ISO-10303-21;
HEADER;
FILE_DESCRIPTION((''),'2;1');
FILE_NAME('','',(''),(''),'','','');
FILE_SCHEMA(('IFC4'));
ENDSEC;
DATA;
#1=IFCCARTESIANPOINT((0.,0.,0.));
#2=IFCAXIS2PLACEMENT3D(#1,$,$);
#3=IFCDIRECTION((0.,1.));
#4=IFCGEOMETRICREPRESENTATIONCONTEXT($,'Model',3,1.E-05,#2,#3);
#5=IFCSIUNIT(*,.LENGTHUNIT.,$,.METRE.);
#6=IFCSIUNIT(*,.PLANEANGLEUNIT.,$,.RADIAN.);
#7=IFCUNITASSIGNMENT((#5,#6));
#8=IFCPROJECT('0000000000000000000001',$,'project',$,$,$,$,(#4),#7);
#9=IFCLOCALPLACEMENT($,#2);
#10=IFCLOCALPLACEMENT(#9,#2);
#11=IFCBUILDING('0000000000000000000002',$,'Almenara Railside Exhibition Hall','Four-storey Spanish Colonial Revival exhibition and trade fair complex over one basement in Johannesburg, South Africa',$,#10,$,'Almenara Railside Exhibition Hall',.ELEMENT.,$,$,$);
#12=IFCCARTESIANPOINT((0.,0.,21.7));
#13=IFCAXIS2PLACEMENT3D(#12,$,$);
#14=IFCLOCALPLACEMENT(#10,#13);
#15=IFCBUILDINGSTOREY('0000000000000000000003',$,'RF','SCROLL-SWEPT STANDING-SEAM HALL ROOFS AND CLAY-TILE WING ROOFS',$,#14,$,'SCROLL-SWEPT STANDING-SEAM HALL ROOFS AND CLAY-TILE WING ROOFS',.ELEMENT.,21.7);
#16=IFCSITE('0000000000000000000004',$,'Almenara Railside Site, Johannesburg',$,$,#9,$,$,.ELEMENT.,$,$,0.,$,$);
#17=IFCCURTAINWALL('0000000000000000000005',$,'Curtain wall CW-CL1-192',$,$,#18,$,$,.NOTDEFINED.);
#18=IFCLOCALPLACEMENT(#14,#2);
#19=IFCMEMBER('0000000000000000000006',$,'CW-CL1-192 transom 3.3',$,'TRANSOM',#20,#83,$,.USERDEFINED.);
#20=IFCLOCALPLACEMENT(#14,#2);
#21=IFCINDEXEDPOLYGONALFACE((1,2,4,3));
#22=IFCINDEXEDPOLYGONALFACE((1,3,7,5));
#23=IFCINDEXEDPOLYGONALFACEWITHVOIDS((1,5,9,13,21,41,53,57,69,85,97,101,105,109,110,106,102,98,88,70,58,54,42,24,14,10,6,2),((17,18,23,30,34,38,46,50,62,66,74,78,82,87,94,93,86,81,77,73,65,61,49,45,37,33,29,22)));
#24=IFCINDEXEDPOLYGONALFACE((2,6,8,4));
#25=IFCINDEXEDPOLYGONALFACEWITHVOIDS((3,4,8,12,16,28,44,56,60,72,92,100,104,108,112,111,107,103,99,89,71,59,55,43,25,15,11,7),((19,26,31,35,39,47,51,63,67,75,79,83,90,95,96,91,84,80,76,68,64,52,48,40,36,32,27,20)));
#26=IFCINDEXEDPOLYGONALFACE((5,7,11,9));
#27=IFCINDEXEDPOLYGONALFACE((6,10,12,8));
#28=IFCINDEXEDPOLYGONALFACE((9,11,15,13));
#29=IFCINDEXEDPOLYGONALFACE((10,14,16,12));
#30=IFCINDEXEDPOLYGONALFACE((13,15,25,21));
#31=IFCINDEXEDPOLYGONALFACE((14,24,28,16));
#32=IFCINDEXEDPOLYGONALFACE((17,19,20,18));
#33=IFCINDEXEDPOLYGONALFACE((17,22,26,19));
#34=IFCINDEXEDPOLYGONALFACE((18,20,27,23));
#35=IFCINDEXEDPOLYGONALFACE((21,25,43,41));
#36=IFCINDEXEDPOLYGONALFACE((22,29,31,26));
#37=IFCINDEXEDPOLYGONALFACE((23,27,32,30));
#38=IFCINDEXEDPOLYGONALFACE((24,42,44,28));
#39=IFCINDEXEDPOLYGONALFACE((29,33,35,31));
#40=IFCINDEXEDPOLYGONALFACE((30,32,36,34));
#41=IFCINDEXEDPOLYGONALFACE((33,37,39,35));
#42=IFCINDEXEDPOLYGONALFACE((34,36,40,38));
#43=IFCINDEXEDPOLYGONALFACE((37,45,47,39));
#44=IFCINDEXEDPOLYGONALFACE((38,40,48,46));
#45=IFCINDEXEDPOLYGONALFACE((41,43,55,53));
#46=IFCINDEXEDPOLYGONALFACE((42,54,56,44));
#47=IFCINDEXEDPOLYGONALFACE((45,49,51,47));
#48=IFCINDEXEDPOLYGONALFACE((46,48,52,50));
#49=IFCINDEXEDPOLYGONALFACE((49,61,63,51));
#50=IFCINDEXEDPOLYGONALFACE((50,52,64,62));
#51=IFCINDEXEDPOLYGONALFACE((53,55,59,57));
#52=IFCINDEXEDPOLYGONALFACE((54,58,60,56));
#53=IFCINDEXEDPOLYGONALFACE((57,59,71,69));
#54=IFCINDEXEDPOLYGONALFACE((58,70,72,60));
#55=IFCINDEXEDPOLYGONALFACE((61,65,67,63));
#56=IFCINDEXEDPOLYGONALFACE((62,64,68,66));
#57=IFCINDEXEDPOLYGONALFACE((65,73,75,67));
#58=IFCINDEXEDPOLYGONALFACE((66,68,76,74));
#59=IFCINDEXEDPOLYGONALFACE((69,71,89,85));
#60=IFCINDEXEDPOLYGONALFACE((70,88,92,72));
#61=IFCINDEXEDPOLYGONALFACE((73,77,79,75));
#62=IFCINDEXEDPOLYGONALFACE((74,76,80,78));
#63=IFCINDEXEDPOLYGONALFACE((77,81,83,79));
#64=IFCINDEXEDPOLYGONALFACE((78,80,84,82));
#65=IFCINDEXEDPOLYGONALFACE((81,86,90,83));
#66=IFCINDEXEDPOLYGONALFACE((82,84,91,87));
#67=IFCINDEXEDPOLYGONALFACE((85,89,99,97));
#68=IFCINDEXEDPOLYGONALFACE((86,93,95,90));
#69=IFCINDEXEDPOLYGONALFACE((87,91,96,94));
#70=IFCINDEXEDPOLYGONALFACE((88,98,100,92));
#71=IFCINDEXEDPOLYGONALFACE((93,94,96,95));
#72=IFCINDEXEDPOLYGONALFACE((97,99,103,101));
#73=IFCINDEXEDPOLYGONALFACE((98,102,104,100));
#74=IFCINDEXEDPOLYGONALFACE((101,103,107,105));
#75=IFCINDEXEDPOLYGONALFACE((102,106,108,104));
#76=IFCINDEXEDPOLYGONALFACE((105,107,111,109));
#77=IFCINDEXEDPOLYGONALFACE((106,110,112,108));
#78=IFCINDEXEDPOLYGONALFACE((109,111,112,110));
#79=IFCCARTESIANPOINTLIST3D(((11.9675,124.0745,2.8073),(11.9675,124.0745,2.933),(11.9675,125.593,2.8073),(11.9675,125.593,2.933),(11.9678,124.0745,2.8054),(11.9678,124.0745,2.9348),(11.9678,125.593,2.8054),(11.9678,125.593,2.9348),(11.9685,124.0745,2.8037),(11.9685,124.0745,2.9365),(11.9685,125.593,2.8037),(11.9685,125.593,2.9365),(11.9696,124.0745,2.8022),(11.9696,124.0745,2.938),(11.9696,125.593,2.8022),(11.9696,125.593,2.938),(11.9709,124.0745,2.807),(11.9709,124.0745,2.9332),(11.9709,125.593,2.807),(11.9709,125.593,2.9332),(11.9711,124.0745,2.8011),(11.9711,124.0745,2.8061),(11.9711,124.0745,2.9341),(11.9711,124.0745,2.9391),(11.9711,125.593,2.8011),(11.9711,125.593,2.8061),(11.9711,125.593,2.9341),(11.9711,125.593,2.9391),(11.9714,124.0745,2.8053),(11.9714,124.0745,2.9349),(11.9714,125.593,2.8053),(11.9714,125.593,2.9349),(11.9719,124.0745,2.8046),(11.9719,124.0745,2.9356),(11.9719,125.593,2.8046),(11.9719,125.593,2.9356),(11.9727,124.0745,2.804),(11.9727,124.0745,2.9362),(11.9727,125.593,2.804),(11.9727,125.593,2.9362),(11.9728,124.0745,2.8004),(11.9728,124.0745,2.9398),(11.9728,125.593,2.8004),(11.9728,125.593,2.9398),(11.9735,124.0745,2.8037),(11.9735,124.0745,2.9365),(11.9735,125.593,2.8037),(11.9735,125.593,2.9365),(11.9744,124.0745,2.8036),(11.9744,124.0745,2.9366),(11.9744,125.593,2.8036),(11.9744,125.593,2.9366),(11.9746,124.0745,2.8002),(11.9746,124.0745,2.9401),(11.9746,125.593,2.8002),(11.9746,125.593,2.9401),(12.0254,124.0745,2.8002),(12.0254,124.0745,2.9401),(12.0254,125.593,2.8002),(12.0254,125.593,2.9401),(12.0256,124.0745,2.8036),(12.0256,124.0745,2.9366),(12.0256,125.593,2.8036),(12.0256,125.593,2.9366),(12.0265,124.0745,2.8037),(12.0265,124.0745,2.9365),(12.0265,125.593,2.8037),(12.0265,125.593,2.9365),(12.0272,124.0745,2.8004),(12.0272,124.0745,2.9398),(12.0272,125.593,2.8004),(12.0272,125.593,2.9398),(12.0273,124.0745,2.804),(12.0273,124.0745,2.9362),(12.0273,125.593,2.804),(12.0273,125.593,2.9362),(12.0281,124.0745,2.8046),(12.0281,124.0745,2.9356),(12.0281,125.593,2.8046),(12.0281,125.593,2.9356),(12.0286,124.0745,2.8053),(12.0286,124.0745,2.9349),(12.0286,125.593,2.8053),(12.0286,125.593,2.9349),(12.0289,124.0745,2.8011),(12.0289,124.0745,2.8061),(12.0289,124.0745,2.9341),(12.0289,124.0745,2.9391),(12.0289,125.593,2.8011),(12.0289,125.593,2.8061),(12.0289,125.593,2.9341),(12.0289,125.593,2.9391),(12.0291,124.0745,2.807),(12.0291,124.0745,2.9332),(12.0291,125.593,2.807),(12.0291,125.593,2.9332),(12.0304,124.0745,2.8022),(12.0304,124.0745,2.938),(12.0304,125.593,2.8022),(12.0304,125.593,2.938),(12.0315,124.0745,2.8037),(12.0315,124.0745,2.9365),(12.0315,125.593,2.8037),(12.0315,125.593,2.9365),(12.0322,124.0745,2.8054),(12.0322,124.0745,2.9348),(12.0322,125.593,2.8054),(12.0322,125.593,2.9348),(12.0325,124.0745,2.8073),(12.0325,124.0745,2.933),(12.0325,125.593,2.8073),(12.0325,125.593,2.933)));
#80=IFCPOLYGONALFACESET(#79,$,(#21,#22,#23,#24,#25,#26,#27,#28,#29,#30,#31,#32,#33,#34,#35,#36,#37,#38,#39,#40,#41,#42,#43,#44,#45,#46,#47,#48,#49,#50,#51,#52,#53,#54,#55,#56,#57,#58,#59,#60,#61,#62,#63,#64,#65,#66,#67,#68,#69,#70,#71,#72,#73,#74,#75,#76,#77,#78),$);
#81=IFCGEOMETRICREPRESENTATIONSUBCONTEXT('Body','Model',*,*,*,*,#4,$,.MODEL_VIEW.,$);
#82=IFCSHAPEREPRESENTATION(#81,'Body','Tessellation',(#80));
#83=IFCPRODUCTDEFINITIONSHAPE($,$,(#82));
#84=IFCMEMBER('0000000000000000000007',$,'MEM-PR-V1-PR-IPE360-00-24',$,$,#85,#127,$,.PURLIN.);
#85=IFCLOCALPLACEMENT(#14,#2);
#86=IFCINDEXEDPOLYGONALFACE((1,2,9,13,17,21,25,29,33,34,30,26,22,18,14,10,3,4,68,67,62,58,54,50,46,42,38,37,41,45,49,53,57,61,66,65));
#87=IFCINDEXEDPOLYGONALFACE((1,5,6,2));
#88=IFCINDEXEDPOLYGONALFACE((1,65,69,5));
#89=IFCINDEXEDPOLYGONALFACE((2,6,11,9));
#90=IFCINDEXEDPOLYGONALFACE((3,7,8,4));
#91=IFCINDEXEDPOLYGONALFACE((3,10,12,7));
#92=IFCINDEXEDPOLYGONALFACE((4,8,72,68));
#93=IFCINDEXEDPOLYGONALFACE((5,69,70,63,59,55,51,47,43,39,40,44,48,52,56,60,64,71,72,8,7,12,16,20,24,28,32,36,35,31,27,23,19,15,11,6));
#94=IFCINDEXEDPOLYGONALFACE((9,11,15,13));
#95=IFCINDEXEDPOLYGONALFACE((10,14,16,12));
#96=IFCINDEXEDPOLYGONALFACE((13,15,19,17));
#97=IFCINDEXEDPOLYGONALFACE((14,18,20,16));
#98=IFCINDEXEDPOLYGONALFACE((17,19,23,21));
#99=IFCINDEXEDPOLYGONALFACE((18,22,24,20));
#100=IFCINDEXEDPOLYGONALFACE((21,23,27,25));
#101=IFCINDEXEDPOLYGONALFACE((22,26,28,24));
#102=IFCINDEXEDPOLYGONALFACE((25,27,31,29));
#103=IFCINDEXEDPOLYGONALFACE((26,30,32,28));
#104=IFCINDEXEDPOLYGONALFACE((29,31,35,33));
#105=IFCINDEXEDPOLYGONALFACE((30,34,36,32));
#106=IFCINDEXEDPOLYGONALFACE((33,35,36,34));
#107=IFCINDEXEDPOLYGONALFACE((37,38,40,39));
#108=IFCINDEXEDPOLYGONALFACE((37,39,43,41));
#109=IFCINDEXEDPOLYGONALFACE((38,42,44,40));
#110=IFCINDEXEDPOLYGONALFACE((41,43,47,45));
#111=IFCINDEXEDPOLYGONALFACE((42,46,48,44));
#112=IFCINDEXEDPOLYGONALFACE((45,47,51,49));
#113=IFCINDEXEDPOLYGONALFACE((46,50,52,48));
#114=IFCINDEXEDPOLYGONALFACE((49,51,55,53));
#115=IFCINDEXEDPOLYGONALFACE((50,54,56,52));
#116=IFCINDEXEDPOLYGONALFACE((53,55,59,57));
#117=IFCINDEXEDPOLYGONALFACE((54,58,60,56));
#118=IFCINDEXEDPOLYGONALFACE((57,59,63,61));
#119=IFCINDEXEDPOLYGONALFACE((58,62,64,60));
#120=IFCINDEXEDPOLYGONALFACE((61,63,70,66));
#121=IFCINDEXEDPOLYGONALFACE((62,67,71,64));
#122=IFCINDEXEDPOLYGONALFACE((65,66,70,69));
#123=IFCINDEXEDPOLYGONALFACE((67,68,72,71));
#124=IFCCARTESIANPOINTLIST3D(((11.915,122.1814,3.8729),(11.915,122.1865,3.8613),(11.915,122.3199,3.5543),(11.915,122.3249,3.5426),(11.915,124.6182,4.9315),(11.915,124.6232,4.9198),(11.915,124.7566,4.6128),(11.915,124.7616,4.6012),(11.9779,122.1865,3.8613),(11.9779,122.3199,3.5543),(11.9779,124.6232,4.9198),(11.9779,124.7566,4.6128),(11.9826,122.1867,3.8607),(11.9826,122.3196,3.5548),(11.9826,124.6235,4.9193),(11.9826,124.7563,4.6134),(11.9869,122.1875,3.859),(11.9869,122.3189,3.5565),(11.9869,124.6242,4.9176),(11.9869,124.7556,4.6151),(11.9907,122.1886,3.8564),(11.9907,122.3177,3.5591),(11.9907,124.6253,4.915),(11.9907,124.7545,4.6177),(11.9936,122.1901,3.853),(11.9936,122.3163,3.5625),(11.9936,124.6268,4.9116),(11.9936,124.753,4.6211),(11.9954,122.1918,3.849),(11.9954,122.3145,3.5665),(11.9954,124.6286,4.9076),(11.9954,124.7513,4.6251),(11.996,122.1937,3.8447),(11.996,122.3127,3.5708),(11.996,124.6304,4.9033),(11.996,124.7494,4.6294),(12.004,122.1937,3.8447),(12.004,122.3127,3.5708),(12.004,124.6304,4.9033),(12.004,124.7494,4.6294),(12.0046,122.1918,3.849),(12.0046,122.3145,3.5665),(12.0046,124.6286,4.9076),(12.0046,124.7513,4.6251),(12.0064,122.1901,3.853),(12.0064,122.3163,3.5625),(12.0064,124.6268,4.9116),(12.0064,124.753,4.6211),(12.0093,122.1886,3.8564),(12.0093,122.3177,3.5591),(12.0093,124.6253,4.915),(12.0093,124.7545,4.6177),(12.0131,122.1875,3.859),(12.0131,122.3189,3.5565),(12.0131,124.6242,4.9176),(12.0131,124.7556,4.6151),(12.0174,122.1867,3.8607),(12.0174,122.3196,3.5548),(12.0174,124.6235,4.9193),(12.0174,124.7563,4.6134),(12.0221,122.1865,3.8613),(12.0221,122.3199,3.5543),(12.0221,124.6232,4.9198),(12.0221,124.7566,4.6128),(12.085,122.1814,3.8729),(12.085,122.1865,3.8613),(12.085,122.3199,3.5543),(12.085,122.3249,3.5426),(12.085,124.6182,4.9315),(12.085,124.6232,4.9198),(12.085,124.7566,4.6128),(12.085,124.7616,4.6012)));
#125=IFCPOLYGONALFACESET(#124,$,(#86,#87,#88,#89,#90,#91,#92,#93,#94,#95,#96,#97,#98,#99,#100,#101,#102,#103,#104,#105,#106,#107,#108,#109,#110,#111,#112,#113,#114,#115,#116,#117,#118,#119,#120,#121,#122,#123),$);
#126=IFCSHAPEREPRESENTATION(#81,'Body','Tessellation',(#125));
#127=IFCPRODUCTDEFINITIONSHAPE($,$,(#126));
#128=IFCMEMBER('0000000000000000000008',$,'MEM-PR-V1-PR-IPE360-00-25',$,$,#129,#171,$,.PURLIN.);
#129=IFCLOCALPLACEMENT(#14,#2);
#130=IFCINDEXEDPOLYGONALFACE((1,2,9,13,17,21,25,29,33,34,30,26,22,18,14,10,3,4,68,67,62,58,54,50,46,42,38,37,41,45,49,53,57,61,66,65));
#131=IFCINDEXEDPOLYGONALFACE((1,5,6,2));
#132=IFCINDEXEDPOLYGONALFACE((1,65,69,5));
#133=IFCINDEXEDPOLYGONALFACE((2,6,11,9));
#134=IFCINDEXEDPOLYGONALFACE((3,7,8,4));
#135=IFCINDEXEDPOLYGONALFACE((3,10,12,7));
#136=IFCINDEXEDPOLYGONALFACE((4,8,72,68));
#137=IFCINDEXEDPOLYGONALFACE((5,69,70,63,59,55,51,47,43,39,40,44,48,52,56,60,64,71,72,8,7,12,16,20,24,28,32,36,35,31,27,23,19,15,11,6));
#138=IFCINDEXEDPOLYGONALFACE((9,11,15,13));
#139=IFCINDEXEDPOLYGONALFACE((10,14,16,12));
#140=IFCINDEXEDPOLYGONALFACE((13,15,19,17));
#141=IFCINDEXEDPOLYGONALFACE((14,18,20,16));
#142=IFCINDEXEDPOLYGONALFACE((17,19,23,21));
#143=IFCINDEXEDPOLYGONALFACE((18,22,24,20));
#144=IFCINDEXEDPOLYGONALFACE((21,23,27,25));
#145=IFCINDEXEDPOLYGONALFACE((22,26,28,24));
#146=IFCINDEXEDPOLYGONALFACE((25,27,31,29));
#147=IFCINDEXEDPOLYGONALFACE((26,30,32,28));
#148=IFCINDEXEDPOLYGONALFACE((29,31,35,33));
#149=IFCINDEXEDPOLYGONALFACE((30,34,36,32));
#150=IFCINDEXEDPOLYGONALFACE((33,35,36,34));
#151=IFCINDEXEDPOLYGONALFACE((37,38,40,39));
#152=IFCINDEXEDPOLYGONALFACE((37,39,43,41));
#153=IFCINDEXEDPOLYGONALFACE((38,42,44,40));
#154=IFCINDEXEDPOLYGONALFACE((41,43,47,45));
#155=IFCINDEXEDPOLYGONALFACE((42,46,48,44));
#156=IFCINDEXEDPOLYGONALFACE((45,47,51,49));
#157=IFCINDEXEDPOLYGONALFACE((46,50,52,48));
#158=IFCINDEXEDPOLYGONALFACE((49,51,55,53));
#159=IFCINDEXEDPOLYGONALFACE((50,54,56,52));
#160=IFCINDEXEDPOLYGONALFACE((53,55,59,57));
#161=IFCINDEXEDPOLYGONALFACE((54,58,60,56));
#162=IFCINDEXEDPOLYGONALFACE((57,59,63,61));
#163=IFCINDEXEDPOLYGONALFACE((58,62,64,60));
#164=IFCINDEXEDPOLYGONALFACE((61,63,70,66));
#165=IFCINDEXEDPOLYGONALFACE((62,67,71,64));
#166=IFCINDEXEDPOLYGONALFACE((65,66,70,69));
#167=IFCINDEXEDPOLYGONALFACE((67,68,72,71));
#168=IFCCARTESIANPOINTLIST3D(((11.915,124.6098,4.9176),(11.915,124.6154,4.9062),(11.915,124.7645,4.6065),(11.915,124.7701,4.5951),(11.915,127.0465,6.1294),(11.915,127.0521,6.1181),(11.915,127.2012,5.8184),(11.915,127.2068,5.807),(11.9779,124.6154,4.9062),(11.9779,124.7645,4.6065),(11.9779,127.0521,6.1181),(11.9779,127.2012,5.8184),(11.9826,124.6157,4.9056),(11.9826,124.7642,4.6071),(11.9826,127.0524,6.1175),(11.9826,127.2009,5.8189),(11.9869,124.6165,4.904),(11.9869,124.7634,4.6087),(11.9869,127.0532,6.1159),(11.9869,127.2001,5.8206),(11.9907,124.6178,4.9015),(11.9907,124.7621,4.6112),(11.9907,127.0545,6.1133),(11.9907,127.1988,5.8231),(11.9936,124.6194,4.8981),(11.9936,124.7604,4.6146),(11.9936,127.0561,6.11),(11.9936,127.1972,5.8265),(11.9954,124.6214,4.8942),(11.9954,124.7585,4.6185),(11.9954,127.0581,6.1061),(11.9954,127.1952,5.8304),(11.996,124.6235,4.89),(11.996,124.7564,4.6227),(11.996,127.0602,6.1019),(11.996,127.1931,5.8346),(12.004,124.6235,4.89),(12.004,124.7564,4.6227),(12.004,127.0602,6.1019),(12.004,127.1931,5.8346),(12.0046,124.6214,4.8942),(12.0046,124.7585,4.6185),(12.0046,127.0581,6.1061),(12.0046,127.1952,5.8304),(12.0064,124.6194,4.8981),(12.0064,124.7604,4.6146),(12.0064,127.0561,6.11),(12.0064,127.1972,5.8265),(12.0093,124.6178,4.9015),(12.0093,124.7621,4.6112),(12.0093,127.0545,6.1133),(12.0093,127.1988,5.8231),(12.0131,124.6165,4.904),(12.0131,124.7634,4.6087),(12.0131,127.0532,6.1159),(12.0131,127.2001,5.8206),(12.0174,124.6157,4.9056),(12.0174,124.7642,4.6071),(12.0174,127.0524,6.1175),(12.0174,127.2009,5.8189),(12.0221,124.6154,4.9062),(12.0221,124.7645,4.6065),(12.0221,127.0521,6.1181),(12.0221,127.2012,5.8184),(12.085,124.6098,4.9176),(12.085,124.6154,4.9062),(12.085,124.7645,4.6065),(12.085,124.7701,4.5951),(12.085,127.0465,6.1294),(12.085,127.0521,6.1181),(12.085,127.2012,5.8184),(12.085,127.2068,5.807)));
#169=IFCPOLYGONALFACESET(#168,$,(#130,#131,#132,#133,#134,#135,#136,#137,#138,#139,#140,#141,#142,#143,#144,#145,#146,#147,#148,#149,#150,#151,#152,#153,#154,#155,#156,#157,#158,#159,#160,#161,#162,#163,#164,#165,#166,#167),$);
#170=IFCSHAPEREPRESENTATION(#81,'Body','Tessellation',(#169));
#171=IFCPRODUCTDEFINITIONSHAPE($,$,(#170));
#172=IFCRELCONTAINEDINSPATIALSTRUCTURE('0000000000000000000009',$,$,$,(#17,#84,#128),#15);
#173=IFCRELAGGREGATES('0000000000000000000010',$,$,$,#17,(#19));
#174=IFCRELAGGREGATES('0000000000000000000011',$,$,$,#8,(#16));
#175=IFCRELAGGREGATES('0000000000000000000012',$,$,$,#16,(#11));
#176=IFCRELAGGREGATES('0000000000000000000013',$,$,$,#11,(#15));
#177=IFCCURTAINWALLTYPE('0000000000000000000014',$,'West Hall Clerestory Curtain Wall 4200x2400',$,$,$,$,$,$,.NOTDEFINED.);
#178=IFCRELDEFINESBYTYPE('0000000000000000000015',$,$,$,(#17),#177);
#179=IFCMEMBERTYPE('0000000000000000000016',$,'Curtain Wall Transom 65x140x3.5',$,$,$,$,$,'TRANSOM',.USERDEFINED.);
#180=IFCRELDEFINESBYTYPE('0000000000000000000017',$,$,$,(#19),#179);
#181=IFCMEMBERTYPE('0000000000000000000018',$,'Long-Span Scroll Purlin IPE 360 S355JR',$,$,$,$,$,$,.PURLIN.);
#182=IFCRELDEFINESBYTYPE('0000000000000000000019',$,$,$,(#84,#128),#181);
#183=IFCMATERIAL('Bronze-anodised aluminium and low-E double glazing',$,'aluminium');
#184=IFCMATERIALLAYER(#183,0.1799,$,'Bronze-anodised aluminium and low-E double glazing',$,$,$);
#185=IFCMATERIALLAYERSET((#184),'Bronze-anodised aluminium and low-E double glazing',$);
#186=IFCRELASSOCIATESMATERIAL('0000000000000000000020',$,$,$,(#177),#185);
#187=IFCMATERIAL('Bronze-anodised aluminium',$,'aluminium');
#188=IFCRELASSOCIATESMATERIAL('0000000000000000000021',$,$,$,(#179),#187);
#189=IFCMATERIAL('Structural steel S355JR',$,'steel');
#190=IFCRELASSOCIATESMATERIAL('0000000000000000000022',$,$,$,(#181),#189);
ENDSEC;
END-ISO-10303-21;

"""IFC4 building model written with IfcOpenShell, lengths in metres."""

from ifc_helpers import new_model, si_unit, direction, frame, origin, origin_2d, place, context, subcontext, project, spatial, hollow_rectangle, i_section, extrude, material, layer, layer_set, material_profile, profile_set, type_object, element, aggregate, save


model = new_model("IFC4")

# Units and contexts
model_context = context("Model", 3, precision=1e-05, world=origin(), true_north=direction((0.0, 1.0)))
body_context = subcontext(model_context, "Body", "Model", "MODEL_VIEW")
ifc_project = project(units=[si_unit("LENGTHUNIT", "METRE"), si_unit("PLANEANGLEUNIT", "RADIAN")], contexts=[model_context])

# Site, building, storey
site_placement = place(None, origin())
site = spatial("IfcSite", under=ifc_project, at=site_placement, Name="Almenara Railside Site, Johannesburg", CompositionType="ELEMENT", RefElevation=0.0)
building_placement = place(site_placement, origin())
building = spatial("IfcBuilding", under=site, at=building_placement, Name="Almenara Railside Exhibition Hall", Description="Four-storey Spanish Colonial Revival exhibition and trade fair complex over one basement in Johannesburg, South Africa", LongName="Almenara Railside Exhibition Hall", CompositionType="ELEMENT")
storey_placement = place(building_placement, frame((0.0, 0.0, 21.7)))
storey = spatial("IfcBuildingStorey", under=building, at=storey_placement, Name="RF", Description="SCROLL-SWEPT STANDING-SEAM HALL ROOFS AND CLAY-TILE WING ROOFS", LongName="SCROLL-SWEPT STANDING-SEAM HALL ROOFS AND CLAY-TILE WING ROOFS", CompositionType="ELEMENT", Elevation=21.7)

# Shared definitions
ifc_material_1 = material(Name="Structural steel S355JR", Category="steel")

# Shared definitions
ifc_material_2 = material(Name="Bronze-anodised aluminium and low-E double glazing", Category="aluminium")
ifc_layer_1 = layer(ifc_material_2, 0.1799, Name="Bronze-anodised aluminium and low-E double glazing")
ifc_layer_set_1 = layer_set([ifc_layer_1], Name="Bronze-anodised aluminium and low-E double glazing")
curtain_wall_type = type_object("IfcCurtainWallType", Name="West Hall Clerestory Curtain Wall 4200x2400", PredefinedType="NOTDEFINED", material=ifc_layer_set_1)
ifc_material_3 = material(Name="Bronze-anodised aluminium", Category="aluminium")

# Curtain wall, member
curtain_wall_1_placement = place(storey_placement, origin())
curtain_wall_1 = element("IfcCurtainWall", 1, at=curtain_wall_1_placement, inside=storey, type_object=curtain_wall_type, Name="Curtain wall CW-CL1-192", PredefinedType="NOTDEFINED")
ifc_material_profile_1 = material_profile(ifc_material_3, hollow_rectangle(XDim=0.0649, YDim=0.1399, WallThickness=0.0034, InnerFilletRadius=0.0034, OuterFilletRadius=0.0071, at=origin_2d()), Name="ALU-TRN 65x140x3.5")
ifc_profile_set_1 = profile_set([ifc_material_profile_1], Name="Bronze-anodised aluminium")
member_type_1 = type_object("IfcMemberType", Name="Curtain Wall Transom 65x140x3.5", ElementType="TRANSOM", PredefinedType="USERDEFINED", material=ifc_profile_set_1)
member_1_placement = place(storey_placement, frame((12.0, 124.0745, 2.8701), z_axis=(0.0, 1.0, 0.0), x_axis=(-1.0, 0.0, 0.0)))
member_1 = element("IfcMember", 2, at=member_1_placement, type_object=member_type_1, Name="CW-CL1-192 transom 3.3", ObjectType="TRANSOM", PredefinedType="USERDEFINED", context=body_context, shape_type="SweptSolid", body=[
    extrude(hollow_rectangle(XDim=0.0649, YDim=0.1399, WallThickness=0.0034, InnerFilletRadius=0.0034, OuterFilletRadius=0.0071, at=origin_2d()), origin(), (0.0, 0.0, 1.0), 1.5186),
])

# Members
ifc_material_profile_2 = material_profile(ifc_material_1, i_section(OverallWidth=0.1699, OverallDepth=0.3601, WebThickness=0.0081, FlangeThickness=0.0127, FilletRadius=0.0181, at=origin_2d()), Name="IPE 360")
ifc_profile_set_2 = profile_set([ifc_material_profile_2], Name="Structural steel S355JR")
member_type_2 = type_object("IfcMemberType", Name="Long-Span Scroll Purlin IPE 360 S355JR", PredefinedType="PURLIN", material=ifc_profile_set_2)
member_2_placement = place(storey_placement, frame((12.0, 122.2532, 3.7078), z_axis=(0.0, 0.91719, 0.398451), x_axis=(-1.0, 0.0, 0.0)))
element("IfcMember", 3, at=member_2_placement, inside=storey, type_object=member_type_2, Name="MEM-PR-V1-PR-IPE360-00-24", PredefinedType="PURLIN", context=body_context, shape_type="SweptSolid", body=[
    extrude(i_section(OverallWidth=0.1699, OverallDepth=0.3601, WebThickness=0.0081, FlangeThickness=0.0127, FilletRadius=0.0181, at=origin_2d()), origin(), (0.0, 0.0, 1.0), 2.6567),
])
member_3_placement = place(storey_placement, frame((12.0, 124.6899, 4.7563), z_axis=(0.0, 0.895376, 0.445311), x_axis=(-1.0, 0.0, 0.0)))
element("IfcMember", 4, at=member_3_placement, inside=storey, type_object=member_type_2, Name="MEM-PR-V1-PR-IPE360-00-25", PredefinedType="PURLIN", context=body_context, shape_type="SweptSolid", body=[
    extrude(i_section(OverallWidth=0.1699, OverallDepth=0.3601, WebThickness=0.0081, FlangeThickness=0.0127, FilletRadius=0.0181, at=origin_2d()), origin(), (0.0, 0.0, 1.0), 2.7214),
])

aggregate(curtain_wall_1, [member_1])

save(model, "model.ifc")
